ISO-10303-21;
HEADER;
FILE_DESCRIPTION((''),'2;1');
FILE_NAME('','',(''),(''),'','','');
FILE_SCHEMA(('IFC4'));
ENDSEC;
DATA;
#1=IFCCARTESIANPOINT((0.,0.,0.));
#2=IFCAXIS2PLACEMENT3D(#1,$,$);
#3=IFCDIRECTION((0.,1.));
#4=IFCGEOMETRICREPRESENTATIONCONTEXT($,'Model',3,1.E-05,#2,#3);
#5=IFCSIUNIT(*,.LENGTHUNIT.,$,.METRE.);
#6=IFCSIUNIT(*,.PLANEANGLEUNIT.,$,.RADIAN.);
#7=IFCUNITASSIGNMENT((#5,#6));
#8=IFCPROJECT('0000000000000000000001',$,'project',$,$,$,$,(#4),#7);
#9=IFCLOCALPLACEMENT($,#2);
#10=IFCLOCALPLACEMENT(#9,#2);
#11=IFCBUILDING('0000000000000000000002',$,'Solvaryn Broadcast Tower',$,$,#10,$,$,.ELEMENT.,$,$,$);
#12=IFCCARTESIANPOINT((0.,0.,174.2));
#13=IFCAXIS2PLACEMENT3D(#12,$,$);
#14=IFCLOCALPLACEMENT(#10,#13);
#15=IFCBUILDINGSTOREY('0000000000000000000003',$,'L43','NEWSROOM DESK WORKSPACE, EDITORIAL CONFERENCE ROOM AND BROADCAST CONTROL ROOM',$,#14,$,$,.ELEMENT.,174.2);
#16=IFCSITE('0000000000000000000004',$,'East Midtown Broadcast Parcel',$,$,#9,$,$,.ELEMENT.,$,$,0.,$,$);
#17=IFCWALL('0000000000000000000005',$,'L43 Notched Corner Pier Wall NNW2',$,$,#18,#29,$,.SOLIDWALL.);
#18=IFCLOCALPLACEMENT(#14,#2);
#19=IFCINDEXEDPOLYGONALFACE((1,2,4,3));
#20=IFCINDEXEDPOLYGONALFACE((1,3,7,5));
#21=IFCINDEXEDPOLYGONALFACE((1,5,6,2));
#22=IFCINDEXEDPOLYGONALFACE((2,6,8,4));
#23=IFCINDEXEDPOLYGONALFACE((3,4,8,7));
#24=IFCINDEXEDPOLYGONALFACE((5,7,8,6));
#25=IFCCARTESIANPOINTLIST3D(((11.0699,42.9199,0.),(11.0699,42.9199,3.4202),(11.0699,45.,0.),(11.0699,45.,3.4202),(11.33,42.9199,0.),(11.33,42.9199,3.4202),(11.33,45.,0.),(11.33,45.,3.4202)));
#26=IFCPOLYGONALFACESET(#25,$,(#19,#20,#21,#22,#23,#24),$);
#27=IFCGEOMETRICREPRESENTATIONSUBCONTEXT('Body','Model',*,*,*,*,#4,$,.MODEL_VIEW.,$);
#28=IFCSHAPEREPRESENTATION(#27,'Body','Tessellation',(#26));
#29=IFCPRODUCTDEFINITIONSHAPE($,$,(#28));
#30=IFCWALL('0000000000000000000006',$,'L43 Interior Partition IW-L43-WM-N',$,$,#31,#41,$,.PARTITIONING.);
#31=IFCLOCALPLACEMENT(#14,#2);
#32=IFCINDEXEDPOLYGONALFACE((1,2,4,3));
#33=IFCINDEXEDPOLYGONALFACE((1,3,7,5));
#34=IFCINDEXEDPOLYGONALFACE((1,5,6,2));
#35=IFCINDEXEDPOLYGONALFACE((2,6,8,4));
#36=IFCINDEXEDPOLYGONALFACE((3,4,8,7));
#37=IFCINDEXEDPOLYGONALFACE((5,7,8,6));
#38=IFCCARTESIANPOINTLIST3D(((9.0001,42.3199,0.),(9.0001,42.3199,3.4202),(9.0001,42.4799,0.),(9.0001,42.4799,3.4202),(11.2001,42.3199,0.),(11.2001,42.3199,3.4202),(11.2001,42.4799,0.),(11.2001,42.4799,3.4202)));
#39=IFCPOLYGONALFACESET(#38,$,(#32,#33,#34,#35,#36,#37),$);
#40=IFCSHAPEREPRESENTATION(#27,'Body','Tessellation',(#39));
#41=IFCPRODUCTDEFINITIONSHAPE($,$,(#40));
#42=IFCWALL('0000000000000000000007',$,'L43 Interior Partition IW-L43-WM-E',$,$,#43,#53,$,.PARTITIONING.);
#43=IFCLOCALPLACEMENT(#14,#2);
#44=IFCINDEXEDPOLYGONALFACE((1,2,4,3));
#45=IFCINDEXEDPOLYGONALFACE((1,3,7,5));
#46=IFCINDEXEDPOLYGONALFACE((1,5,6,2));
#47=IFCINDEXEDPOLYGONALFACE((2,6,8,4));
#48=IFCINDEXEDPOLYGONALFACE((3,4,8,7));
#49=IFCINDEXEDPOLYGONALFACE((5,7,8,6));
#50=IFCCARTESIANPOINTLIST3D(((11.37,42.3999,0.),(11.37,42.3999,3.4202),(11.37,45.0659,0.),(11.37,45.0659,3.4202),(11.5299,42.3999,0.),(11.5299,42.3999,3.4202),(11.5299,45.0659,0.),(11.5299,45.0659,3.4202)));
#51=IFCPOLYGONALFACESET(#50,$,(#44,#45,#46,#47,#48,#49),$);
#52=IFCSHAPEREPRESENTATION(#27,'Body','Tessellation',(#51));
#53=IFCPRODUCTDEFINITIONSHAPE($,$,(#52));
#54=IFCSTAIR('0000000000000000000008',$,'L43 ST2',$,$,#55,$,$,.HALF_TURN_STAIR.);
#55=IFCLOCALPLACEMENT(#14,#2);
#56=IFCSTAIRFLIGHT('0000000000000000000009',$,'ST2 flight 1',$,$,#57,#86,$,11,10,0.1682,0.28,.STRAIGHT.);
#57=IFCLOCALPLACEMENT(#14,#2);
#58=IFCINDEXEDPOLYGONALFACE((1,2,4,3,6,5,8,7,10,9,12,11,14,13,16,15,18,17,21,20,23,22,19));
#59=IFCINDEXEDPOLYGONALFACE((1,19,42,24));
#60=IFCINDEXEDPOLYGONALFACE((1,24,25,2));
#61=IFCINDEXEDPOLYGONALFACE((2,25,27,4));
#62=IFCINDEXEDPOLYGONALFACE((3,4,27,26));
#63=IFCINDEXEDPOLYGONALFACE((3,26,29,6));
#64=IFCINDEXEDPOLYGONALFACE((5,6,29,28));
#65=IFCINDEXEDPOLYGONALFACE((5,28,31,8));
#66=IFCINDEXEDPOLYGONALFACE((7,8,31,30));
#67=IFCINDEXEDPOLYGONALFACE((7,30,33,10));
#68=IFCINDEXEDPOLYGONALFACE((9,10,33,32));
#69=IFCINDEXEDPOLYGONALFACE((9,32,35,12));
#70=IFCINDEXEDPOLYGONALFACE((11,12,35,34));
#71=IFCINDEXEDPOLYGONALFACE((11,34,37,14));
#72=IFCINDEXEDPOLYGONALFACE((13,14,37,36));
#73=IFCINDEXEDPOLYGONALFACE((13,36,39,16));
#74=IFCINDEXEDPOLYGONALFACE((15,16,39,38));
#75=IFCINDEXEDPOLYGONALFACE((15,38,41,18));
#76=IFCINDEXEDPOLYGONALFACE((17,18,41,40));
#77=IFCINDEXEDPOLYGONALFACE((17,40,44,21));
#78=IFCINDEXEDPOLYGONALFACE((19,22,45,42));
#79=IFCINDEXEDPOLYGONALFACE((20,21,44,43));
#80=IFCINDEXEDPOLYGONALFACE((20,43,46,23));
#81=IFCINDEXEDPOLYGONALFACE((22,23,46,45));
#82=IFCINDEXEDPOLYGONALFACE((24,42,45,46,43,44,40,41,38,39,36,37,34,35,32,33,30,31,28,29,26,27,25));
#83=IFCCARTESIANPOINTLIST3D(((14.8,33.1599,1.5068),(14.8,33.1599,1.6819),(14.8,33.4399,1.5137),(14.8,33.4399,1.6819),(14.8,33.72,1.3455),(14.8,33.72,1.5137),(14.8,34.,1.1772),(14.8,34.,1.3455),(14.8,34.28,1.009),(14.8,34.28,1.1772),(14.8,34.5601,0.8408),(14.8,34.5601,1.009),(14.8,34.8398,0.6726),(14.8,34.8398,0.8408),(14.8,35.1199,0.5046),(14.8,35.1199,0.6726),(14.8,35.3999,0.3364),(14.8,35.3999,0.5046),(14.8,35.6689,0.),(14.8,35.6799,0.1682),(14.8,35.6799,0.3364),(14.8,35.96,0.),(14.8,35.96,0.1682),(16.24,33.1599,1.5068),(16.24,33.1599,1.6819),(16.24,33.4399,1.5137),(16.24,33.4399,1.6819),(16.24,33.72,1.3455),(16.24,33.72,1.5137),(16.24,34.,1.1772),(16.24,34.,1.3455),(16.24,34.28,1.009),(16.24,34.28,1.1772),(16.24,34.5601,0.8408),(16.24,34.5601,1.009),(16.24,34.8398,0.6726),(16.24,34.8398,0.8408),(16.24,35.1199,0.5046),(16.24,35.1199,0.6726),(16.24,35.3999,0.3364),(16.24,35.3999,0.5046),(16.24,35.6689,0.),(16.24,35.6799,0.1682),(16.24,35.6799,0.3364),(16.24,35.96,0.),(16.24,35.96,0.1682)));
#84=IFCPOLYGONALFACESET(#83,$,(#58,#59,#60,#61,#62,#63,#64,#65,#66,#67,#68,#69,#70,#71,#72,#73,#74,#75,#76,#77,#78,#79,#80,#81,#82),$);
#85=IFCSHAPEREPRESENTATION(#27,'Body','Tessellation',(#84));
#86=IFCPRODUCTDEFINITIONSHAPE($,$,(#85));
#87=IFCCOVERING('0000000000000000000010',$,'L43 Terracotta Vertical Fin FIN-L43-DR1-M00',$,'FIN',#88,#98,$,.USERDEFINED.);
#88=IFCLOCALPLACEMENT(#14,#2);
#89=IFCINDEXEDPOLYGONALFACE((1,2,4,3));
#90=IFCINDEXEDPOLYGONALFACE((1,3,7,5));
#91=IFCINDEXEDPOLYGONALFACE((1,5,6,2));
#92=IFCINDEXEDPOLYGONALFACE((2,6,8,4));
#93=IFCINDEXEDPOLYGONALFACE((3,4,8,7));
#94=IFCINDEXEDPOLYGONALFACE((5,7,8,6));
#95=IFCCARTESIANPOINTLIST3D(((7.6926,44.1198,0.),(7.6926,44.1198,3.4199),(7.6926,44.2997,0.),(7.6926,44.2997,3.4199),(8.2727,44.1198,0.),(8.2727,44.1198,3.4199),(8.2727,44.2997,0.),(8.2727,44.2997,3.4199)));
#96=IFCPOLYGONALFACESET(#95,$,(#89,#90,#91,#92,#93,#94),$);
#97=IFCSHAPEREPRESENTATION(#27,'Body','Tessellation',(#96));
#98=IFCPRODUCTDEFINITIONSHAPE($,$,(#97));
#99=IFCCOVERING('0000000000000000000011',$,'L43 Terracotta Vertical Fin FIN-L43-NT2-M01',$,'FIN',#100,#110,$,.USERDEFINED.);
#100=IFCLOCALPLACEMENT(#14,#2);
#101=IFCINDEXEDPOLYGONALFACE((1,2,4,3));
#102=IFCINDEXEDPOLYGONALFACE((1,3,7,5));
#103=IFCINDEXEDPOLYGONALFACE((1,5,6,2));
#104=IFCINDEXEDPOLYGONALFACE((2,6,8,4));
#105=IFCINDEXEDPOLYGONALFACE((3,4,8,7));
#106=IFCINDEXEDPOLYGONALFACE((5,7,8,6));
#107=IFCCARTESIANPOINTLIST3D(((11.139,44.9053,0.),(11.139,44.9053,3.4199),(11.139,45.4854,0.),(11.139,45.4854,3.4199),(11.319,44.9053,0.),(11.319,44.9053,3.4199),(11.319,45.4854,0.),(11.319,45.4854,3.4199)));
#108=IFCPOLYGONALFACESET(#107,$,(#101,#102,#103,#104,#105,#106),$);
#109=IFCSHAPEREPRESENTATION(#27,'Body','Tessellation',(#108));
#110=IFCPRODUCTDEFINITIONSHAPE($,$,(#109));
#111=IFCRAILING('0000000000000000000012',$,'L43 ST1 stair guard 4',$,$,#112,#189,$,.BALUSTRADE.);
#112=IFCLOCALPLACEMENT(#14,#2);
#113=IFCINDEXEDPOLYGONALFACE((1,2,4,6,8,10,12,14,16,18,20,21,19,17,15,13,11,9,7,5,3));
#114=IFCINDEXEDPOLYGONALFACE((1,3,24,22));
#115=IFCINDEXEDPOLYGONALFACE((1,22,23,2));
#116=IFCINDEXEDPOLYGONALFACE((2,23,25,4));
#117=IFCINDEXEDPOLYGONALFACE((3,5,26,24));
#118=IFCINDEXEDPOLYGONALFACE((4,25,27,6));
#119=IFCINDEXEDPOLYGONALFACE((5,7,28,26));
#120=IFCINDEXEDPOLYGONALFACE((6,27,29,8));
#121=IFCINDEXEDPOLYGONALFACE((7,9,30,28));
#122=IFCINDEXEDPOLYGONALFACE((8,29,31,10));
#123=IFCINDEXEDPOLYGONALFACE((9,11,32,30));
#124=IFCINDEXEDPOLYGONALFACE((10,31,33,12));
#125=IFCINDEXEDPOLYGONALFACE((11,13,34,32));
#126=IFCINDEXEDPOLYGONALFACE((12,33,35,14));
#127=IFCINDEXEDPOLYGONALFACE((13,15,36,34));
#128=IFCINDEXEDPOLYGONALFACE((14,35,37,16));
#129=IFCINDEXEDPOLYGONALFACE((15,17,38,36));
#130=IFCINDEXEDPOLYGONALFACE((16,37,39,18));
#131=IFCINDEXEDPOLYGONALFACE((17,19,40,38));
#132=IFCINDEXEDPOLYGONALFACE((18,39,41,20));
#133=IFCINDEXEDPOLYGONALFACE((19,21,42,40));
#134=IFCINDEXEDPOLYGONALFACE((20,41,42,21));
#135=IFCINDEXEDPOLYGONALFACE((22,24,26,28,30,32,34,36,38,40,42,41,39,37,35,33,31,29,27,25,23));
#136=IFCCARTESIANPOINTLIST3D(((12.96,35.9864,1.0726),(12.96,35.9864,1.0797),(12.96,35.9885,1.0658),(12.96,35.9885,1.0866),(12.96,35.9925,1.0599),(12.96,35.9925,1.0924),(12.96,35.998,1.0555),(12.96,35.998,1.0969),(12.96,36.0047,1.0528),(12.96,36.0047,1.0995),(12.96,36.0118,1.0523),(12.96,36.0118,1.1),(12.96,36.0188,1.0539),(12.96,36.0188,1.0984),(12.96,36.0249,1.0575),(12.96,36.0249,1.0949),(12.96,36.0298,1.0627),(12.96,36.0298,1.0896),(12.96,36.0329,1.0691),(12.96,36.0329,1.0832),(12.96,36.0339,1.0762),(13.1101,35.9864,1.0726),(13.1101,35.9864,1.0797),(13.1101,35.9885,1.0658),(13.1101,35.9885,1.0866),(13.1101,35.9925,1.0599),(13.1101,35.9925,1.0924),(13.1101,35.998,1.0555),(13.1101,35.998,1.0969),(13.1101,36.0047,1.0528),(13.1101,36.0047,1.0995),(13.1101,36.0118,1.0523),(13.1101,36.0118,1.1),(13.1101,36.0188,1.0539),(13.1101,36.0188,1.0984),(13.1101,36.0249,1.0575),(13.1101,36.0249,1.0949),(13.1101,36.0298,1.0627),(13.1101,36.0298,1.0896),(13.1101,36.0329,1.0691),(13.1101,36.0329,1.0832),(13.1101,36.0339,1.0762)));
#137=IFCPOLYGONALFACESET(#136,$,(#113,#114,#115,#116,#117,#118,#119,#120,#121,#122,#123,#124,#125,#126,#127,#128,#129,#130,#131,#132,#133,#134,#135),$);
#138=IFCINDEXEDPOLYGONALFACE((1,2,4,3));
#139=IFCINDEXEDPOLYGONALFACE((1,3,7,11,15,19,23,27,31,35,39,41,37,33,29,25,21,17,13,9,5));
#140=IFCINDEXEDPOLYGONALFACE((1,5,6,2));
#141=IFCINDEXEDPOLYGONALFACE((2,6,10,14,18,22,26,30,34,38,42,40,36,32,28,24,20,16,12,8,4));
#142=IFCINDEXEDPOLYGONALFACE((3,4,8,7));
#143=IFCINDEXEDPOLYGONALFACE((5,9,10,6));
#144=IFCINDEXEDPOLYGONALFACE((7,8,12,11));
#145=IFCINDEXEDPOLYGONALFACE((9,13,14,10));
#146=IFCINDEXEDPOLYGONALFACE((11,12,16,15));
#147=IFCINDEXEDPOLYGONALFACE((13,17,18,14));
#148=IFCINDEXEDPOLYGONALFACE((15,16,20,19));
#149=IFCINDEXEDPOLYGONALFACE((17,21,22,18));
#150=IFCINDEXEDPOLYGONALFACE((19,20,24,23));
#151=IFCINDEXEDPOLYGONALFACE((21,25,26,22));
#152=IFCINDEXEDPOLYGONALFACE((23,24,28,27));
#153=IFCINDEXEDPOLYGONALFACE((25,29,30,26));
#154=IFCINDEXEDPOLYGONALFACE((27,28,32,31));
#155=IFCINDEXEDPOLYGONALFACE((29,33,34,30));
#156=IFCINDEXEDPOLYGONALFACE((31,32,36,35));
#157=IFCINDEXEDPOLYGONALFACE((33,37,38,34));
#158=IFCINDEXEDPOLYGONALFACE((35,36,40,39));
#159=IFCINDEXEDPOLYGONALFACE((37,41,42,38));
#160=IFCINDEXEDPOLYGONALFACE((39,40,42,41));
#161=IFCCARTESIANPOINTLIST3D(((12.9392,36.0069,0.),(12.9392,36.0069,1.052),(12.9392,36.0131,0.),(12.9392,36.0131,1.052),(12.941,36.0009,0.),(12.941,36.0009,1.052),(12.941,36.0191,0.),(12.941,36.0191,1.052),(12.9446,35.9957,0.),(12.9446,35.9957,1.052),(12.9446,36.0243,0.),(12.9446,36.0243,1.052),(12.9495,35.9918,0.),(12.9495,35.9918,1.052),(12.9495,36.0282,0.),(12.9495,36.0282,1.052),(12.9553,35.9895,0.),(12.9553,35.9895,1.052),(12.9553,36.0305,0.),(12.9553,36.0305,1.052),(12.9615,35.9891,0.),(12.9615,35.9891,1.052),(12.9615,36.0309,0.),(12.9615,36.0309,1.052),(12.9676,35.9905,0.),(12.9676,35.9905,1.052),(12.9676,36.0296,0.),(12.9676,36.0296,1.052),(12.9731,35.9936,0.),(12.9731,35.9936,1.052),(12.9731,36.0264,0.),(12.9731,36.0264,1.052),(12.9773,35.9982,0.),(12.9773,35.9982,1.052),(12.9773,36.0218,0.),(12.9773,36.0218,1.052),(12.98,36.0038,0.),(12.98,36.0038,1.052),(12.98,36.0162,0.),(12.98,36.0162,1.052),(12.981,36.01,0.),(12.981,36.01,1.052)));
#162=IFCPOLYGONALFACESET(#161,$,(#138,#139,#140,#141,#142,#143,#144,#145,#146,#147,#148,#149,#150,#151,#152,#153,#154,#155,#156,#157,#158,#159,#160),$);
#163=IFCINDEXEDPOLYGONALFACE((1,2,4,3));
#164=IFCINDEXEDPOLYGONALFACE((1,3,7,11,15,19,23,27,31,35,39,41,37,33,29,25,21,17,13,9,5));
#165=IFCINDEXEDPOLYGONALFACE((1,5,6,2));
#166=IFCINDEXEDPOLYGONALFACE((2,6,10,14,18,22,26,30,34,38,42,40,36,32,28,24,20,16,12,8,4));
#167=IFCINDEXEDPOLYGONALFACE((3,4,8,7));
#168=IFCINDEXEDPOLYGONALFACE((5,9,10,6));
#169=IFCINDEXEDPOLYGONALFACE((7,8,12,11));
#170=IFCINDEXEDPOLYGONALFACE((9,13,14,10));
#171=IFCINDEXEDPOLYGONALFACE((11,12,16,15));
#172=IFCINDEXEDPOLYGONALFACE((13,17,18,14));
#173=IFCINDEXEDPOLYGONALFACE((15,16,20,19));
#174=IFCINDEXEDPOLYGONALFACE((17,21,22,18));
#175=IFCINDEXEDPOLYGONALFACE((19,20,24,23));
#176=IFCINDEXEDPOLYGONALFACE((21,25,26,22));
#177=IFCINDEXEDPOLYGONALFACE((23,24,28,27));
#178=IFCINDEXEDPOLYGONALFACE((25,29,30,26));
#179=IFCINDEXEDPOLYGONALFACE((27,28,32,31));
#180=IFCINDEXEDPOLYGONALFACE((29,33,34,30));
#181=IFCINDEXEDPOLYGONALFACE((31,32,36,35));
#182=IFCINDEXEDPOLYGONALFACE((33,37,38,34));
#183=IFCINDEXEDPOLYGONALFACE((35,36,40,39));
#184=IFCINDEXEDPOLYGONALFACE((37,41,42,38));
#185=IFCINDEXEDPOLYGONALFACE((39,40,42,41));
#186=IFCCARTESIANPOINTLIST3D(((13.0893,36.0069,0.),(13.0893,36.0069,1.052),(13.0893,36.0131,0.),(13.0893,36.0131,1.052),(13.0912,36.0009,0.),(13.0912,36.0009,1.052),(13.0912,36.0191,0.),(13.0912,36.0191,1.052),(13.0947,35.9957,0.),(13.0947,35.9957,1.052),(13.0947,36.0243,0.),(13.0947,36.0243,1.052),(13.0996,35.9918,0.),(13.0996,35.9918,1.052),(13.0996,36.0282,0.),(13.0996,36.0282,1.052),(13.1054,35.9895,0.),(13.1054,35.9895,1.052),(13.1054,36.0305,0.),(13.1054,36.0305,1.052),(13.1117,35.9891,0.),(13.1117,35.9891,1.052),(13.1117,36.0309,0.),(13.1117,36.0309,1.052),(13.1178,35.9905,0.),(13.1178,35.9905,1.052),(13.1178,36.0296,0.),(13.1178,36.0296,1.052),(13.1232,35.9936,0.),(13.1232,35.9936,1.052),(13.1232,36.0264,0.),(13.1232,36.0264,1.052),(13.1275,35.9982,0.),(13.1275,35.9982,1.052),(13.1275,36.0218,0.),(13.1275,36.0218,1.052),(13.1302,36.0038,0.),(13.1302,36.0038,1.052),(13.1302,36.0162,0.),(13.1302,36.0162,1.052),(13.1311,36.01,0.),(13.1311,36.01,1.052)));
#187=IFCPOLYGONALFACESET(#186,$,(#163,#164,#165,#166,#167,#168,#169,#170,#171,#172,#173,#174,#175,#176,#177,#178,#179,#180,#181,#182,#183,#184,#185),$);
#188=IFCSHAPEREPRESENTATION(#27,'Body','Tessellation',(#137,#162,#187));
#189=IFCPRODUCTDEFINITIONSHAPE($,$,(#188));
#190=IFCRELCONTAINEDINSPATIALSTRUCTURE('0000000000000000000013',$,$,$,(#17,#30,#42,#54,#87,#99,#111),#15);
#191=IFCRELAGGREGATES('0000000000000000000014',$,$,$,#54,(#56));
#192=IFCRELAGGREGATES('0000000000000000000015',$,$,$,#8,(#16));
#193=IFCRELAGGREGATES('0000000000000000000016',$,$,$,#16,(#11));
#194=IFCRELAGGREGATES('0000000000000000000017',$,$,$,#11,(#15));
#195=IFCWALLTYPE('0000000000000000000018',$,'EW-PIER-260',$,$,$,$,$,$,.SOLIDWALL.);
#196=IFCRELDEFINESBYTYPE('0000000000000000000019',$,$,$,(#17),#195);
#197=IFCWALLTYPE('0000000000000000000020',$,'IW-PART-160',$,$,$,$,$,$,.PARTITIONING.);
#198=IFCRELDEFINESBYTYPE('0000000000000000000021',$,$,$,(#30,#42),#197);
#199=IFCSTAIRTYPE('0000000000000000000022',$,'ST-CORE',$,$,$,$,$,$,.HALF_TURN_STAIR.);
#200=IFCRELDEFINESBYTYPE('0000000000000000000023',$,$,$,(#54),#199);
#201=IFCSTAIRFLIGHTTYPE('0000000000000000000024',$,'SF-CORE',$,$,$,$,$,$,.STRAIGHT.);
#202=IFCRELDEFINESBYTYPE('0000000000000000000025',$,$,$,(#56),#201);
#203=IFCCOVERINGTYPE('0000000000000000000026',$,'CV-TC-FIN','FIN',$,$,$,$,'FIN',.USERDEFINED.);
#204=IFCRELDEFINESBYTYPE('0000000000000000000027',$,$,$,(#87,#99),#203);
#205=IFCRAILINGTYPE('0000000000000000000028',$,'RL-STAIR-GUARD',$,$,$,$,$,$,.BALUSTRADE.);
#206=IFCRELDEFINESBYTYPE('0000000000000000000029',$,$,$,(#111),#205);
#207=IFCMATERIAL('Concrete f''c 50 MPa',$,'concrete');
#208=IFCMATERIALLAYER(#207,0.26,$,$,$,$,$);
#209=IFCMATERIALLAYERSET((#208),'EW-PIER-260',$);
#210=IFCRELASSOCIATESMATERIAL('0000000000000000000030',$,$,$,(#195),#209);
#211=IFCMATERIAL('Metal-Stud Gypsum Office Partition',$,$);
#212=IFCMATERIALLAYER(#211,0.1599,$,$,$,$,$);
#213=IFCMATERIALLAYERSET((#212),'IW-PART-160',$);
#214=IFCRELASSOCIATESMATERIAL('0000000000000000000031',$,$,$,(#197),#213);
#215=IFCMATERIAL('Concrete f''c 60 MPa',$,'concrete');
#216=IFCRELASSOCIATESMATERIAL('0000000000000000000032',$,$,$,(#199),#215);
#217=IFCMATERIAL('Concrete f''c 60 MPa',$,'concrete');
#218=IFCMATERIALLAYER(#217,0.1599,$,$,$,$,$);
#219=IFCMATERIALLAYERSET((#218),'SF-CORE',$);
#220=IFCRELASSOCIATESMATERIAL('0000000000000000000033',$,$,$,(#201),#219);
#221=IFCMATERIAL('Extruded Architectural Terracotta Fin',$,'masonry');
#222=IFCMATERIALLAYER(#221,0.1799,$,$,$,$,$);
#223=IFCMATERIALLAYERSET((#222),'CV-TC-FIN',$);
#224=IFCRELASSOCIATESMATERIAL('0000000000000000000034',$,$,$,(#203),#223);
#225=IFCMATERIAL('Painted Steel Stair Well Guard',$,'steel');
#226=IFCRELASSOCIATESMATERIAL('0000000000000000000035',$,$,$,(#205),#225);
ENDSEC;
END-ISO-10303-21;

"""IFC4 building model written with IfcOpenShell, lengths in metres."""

from ifc_helpers import new_model, si_unit, direction, frame, frame_2d, origin, origin_2d, place, context, subcontext, project, spatial, polyline, rectangle, circle, outline, extrude, material, layer, layer_set, type_object, element, aggregate, save


model = new_model("IFC4")

# Units and contexts
model_context = context("Model", 3, precision=1e-05, world=origin(), true_north=direction((0.0, 1.0)))
body_context = subcontext(model_context, "Body", "Model", "MODEL_VIEW")
ifc_project = project(units=[si_unit("LENGTHUNIT", "METRE"), si_unit("PLANEANGLEUNIT", "RADIAN")], contexts=[model_context])

# Site, building, storey
site_placement = place(None, origin())
site = spatial("IfcSite", under=ifc_project, at=site_placement, Name="East Midtown Broadcast Parcel", CompositionType="ELEMENT", RefElevation=0.0)
building_placement = place(site_placement, origin())
building = spatial("IfcBuilding", under=site, at=building_placement, Name="Solvaryn Broadcast Tower", CompositionType="ELEMENT")
storey_placement = place(building_placement, frame((0.0, 0.0, 174.2)))
storey = spatial("IfcBuildingStorey", under=building, at=storey_placement, Name="L43", Description="NEWSROOM DESK WORKSPACE, EDITORIAL CONFERENCE ROOM AND BROADCAST CONTROL ROOM", CompositionType="ELEMENT", Elevation=174.2)

# Walls
ifc_material_1 = material(Name="Concrete f'c 50 MPa", Category="concrete")
ifc_layer_1 = layer(ifc_material_1, 0.26)
ifc_layer_set_1 = layer_set([ifc_layer_1], Name="EW-PIER-260")
wall_type_1 = type_object("IfcWallType", Name="EW-PIER-260", PredefinedType="SOLIDWALL", material=ifc_layer_set_1)
wall_1_placement = place(storey_placement, frame((11.2, 42.9199, 0.0), z_axis=(0.0, 0.0, 1.0), x_axis=(0.0, 1.0, 0.0)))
element("IfcWall", 1, at=wall_1_placement, inside=storey, type_object=wall_type_1, Name="L43 Notched Corner Pier Wall NNW2", PredefinedType="SOLIDWALL", context=body_context, shape_type="SweptSolid", body=[
    extrude(rectangle(XDim=2.0801, YDim=0.26, at=frame_2d((1.04, 0.0))), origin(), (0.0, 0.0, 1.0), 3.4202),
])
ifc_material_2 = material(Name="Metal-Stud Gypsum Office Partition")
ifc_layer_2 = layer(ifc_material_2, 0.1599)
ifc_layer_set_2 = layer_set([ifc_layer_2], Name="IW-PART-160")
wall_type_2 = type_object("IfcWallType", Name="IW-PART-160", PredefinedType="PARTITIONING", material=ifc_layer_set_2)
wall_2_placement = place(storey_placement, frame((9.0, 42.3999, 0.0), z_axis=(0.0, 0.0, 1.0), x_axis=(1.0, 0.0, 0.0)))
element("IfcWall", 2, at=wall_2_placement, inside=storey, type_object=wall_type_2, Name="L43 Interior Partition IW-L43-WM-N", PredefinedType="PARTITIONING", context=body_context, shape_type="SweptSolid", body=[
    extrude(rectangle(XDim=2.2, YDim=0.1599, at=frame_2d((1.1001, 0.0))), origin(), (0.0, 0.0, 1.0), 3.4202),
])
wall_3_placement = place(storey_placement, frame((11.45, 42.3999, 0.0), z_axis=(0.0, 0.0, 1.0), x_axis=(0.0, 1.0, 0.0)))
element("IfcWall", 3, at=wall_3_placement, inside=storey, type_object=wall_type_2, Name="L43 Interior Partition IW-L43-WM-E", PredefinedType="PARTITIONING", context=body_context, shape_type="SweptSolid", body=[
    extrude(rectangle(XDim=2.666, YDim=0.1599, at=frame_2d((1.333, 0.0))), origin(), (0.0, 0.0, 1.0), 3.4202),
])

# Stair, stair flight
ifc_material_3 = material(Name="Concrete f'c 60 MPa", Category="concrete")
stair_type = type_object("IfcStairType", Name="ST-CORE", PredefinedType="HALF_TURN_STAIR", material=ifc_material_3)
stair_placement = place(storey_placement, origin())
stair = element("IfcStair", 4, at=stair_placement, inside=storey, type_object=stair_type, Name="L43 ST2", PredefinedType="HALF_TURN_STAIR")
ifc_material_4 = material(Name="Concrete f'c 60 MPa", Category="concrete")
ifc_layer_3 = layer(ifc_material_4, 0.1599)
ifc_layer_set_3 = layer_set([ifc_layer_3], Name="SF-CORE")
stair_flight_type = type_object("IfcStairFlightType", Name="SF-CORE", PredefinedType="STRAIGHT", material=ifc_layer_set_3)
stair_flight_placement = place(storey_placement, frame((15.52, 35.96, 0.0), z_axis=(0.0, 0.0, 1.0), x_axis=(0.0, -1.0, 0.0)))
stair_flight = element("IfcStairFlight", 5, at=stair_flight_placement, type_object=stair_flight_type, Name="ST2 flight 1", NumberOfRisers=11, NumberOfTreads=10, PredefinedType="STRAIGHT", RiserHeight=0.1682, TreadLength=0.28, context=body_context, shape_type="SweptSolid", body=[
    extrude(outline(polyline([(0.0, 0.0), (0.0, 0.1682), (0.28, 0.1682), (0.28, 0.3364), (0.5601, 0.3364), (0.5601, 0.5046), (0.8401, 0.5046), (0.8401, 0.6726), (1.1201, 0.6726), (1.1201, 0.8408), (1.3999, 0.8408), (1.3999, 1.009), (1.6799, 1.009), (1.6799, 1.1772), (1.96, 1.1772), (1.96, 1.3455), (2.24, 1.3455), (2.24, 1.5137), (2.52, 1.5137), (2.52, 1.6819), (2.8, 1.6819), (2.8, 1.8501), (2.8, 1.5068), (0.291, 0.0), (0.0, 0.0)])), frame((0.0, 0.72, 0.0), z_axis=(0.0, -1.0, 0.0), x_axis=(1.0, 0.0, 0.0)), (0.0, 0.0, 1.0), 1.4399),
])
aggregate(stair, [stair_flight])

# Coverings
ifc_material_5 = material(Name="Extruded Architectural Terracotta Fin", Category="masonry")
ifc_layer_4 = layer(ifc_material_5, 0.1799)
ifc_layer_set_4 = layer_set([ifc_layer_4], Name="CV-TC-FIN")
covering_type = type_object("IfcCoveringType", Name="CV-TC-FIN", Description="FIN", ElementType="FIN", PredefinedType="USERDEFINED", material=ifc_layer_set_4)
covering_1_placement = place(storey_placement, frame((7.9827, 44.2097, 0.0), z_axis=(0.0, 0.0, 1.0), x_axis=(1.0, 0.0, 0.0)))
element("IfcCovering", 6, at=covering_1_placement, inside=storey, type_object=covering_type, Name="L43 Terracotta Vertical Fin FIN-L43-DR1-M00", ObjectType="FIN", PredefinedType="USERDEFINED", context=body_context, shape_type="SweptSolid", body=[
    extrude(rectangle(XDim=0.5801, YDim=0.1799, at=origin_2d()), origin(), (0.0, 0.0, 1.0), 3.4199),
])
covering_2_placement = place(storey_placement, frame((11.229, 45.1953, 0.0), z_axis=(0.0, 0.0, 1.0), x_axis=(1.0, 0.0, 0.0)))
element("IfcCovering", 7, at=covering_2_placement, inside=storey, type_object=covering_type, Name="L43 Terracotta Vertical Fin FIN-L43-NT2-M01", ObjectType="FIN", PredefinedType="USERDEFINED", context=body_context, shape_type="SweptSolid", body=[
    extrude(rectangle(XDim=0.1799, YDim=0.5801, at=origin_2d()), origin(), (0.0, 0.0, 1.0), 3.4199),
])

# Railing
ifc_material_6 = material(Name="Painted Steel Stair Well Guard", Category="steel")
railing_type_1 = type_object("IfcRailingType", Name="RL-STAIR-GUARD", PredefinedType="BALUSTRADE", material=ifc_material_6)
railing_1_placement = place(storey_placement, frame((12.96, 36.01, 0.0)))
element("IfcRailing", 8, at=railing_1_placement, inside=storey, type_object=railing_type_1, Name="L43 ST1 stair guard 4", PredefinedType="BALUSTRADE", context=body_context, shape_type="SweptSolid", body=[
    extrude(circle(Radius=0.0239, at=origin_2d()), frame((0.0, 0.0, 1.0762), z_axis=(1.0, 0.0, 0.0), x_axis=(0.0, 1.0, 0.0)), (0.0, 0.0, 1.0), 0.1501),
    extrude(circle(Radius=0.021, at=origin_2d()), origin(), (0.0, 0.0, 1.0), 1.052),
    extrude(circle(Radius=0.021, at=origin_2d()), frame((0.1501, 0.0, 0.0)), (0.0, 0.0, 1.0), 1.052),
])

save(model, "model.ifc")
